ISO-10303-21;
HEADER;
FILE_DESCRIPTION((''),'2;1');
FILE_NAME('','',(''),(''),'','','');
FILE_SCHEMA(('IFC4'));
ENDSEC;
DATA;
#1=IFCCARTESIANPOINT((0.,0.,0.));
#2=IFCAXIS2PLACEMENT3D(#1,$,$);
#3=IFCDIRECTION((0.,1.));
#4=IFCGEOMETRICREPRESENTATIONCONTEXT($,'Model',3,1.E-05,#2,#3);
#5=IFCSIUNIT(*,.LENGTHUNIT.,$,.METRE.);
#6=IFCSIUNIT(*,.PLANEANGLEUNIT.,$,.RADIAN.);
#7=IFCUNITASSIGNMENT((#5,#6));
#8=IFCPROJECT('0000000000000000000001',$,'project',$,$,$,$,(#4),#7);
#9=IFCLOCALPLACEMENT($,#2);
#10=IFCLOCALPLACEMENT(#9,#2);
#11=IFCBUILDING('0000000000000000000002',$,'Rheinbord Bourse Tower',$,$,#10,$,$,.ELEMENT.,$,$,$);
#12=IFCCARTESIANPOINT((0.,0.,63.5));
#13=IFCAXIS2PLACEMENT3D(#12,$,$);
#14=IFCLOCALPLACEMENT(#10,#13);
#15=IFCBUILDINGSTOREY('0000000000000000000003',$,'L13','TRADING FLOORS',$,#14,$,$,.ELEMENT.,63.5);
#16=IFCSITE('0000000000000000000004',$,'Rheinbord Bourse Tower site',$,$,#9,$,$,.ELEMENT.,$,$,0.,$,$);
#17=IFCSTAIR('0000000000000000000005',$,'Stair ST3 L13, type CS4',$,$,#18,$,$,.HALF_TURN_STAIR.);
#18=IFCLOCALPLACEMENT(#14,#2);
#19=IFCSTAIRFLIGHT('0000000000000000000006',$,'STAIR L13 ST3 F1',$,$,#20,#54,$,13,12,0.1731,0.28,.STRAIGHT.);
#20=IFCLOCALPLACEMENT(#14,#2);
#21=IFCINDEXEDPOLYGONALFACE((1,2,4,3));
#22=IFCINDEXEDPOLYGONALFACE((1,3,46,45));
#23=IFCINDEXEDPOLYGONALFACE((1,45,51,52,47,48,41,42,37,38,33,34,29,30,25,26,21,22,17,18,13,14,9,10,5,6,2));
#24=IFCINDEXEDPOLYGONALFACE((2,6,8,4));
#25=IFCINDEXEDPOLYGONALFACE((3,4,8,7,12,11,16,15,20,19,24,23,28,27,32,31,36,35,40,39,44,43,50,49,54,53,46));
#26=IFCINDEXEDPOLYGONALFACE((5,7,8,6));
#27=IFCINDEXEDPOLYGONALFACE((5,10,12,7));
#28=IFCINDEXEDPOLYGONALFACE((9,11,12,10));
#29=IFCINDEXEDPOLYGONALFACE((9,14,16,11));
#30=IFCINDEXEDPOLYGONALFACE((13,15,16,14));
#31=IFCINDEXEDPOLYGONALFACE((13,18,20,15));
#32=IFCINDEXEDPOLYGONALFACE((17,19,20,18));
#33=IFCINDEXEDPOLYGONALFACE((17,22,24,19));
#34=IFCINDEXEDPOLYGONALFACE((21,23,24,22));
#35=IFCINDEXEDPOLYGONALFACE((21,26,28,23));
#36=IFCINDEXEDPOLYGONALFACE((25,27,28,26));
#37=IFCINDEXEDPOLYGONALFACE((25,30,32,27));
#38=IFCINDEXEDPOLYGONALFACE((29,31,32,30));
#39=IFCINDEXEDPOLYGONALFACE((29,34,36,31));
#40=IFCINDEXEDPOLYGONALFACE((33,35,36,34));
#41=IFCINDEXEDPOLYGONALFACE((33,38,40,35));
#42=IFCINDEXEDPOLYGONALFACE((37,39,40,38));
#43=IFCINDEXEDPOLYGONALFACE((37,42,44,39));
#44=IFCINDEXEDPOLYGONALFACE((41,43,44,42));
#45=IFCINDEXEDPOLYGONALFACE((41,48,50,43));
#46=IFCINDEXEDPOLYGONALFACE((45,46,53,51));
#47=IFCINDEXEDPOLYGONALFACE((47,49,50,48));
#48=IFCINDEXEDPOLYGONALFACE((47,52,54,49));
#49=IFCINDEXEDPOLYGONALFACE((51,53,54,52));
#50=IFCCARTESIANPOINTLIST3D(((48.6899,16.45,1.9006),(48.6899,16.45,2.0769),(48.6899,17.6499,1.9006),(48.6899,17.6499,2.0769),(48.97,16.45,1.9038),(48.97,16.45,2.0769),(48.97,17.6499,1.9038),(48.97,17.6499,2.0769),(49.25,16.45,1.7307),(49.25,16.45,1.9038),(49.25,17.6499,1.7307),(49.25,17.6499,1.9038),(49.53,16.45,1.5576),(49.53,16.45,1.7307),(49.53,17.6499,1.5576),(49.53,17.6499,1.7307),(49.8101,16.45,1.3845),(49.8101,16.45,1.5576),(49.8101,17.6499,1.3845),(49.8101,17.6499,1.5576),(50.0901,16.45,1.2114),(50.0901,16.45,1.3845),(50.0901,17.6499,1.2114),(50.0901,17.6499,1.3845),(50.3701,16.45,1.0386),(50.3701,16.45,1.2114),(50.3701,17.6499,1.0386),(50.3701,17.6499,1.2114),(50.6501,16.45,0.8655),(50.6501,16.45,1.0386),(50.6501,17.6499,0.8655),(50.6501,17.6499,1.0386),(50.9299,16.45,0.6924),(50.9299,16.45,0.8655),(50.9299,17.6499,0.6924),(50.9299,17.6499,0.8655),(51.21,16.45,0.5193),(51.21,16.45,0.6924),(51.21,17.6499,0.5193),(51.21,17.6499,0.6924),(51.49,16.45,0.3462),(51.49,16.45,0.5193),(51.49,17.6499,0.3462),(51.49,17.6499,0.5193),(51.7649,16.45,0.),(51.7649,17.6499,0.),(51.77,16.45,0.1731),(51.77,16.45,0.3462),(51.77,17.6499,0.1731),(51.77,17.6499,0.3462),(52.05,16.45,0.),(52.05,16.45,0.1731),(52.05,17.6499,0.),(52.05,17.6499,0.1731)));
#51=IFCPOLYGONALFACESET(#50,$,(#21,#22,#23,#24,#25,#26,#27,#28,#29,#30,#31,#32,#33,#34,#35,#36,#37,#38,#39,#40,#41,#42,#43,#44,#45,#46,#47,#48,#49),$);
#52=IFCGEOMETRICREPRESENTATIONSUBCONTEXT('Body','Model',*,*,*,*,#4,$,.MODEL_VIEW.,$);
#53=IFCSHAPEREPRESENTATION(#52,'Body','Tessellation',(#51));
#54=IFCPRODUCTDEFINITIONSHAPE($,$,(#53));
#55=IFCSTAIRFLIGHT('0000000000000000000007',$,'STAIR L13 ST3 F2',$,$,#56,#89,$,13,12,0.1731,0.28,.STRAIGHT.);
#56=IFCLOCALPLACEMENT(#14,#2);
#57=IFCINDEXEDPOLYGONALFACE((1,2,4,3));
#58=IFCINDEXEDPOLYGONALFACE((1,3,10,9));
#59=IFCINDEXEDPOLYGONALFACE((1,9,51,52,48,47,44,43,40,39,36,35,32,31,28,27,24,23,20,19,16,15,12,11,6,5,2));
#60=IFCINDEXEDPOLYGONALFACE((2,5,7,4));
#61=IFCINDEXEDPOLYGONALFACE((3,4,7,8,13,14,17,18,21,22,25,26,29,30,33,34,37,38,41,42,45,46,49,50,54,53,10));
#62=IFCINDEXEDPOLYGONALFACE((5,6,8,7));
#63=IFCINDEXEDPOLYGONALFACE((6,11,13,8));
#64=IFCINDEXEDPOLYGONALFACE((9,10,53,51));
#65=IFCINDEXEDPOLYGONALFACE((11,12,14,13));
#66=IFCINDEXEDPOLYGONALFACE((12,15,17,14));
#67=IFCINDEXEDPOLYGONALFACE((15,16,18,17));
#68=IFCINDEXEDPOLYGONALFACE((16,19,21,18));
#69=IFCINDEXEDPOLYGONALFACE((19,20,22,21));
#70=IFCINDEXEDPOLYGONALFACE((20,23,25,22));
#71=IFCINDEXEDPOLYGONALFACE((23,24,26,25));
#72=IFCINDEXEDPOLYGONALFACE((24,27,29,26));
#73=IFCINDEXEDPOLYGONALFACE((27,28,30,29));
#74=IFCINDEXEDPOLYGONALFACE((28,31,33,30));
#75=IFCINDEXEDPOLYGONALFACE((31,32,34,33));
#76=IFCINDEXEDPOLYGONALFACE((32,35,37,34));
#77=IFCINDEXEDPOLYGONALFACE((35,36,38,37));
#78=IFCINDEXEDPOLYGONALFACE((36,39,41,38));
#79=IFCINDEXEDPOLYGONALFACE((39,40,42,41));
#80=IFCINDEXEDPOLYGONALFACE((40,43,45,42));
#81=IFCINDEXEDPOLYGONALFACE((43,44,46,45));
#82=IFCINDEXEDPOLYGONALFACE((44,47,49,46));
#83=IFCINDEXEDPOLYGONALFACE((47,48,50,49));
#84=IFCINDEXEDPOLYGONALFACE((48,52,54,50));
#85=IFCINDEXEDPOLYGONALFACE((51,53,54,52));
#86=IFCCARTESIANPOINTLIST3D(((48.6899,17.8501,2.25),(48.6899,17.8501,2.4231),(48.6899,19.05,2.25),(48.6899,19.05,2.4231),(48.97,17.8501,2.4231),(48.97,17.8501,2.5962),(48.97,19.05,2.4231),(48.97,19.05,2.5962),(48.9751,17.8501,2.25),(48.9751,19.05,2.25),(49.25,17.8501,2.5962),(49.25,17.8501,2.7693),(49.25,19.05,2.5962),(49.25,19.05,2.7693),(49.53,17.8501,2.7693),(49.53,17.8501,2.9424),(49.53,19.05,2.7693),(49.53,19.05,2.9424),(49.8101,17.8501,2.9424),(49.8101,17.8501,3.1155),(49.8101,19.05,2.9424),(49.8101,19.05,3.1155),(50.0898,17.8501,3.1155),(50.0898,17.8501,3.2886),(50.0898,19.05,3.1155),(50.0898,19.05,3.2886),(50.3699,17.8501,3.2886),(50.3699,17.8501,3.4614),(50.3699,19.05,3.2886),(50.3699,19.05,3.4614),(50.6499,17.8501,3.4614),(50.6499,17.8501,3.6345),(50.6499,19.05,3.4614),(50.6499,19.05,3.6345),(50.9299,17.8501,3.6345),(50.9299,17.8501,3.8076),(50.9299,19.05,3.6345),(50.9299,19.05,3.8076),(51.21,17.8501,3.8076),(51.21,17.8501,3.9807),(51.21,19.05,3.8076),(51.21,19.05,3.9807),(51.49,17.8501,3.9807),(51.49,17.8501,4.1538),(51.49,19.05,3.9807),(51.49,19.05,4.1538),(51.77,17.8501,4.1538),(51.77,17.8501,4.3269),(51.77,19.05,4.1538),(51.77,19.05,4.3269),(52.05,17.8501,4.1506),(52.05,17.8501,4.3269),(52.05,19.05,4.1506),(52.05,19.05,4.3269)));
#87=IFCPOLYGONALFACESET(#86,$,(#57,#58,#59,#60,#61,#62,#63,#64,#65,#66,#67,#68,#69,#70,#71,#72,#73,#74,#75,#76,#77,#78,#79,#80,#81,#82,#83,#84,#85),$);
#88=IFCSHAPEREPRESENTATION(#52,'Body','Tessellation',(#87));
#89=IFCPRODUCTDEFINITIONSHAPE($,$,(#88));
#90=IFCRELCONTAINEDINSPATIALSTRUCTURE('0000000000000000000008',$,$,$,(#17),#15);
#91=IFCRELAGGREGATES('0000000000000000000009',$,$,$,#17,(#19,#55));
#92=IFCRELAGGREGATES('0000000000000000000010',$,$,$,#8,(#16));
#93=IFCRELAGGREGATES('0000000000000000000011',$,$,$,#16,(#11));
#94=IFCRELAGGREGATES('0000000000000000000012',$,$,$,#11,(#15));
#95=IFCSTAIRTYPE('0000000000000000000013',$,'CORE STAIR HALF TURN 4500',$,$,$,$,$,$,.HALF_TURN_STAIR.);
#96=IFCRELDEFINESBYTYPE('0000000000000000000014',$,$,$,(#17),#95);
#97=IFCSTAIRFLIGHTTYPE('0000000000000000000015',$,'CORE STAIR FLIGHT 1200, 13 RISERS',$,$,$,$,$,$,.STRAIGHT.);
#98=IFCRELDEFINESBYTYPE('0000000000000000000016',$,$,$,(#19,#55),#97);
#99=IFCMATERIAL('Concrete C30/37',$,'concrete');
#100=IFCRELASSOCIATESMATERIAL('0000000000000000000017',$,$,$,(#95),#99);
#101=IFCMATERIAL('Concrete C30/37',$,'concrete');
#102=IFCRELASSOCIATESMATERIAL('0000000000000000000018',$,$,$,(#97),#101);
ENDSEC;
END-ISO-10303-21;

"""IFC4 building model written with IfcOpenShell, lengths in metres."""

from ifc_helpers import new_model, si_unit, direction, frame, origin, place, context, subcontext, project, spatial, polyline, outline, extrude, material, type_object, element, aggregate, save


model = new_model("IFC4")

# Units and contexts
model_context = context("Model", 3, precision=1e-05, world=origin(), true_north=direction((0.0, 1.0)))
body_context = subcontext(model_context, "Body", "Model", "MODEL_VIEW")
ifc_project = project(units=[si_unit("LENGTHUNIT", "METRE"), si_unit("PLANEANGLEUNIT", "RADIAN")], contexts=[model_context])

# Site, building, storey
site_placement = place(None, origin())
site = spatial("IfcSite", under=ifc_project, at=site_placement, Name="Rheinbord Bourse Tower site", CompositionType="ELEMENT", RefElevation=0.0)
building_placement = place(site_placement, origin())
building = spatial("IfcBuilding", under=site, at=building_placement, Name="Rheinbord Bourse Tower", CompositionType="ELEMENT")
storey_placement = place(building_placement, frame((0.0, 0.0, 63.5)))
storey = spatial("IfcBuildingStorey", under=building, at=storey_placement, Name="L13", Description="TRADING FLOORS", CompositionType="ELEMENT", Elevation=63.5)

# Stair, stair flights
ifc_material_1 = material(Name="Concrete C30/37", Category="concrete")
stair_type = type_object("IfcStairType", Name="CORE STAIR HALF TURN 4500", PredefinedType="HALF_TURN_STAIR", material=ifc_material_1)
stair_placement = place(storey_placement, origin())
stair = element("IfcStair", 1, at=stair_placement, inside=storey, type_object=stair_type, Name="Stair ST3 L13, type CS4", PredefinedType="HALF_TURN_STAIR")
ifc_material_2 = material(Name="Concrete C30/37", Category="concrete")
stair_flight_type = type_object("IfcStairFlightType", Name="CORE STAIR FLIGHT 1200, 13 RISERS", PredefinedType="STRAIGHT", material=ifc_material_2)
stair_flight_1_placement = place(storey_placement, frame((52.05, 17.05, 0.0), z_axis=(0.0, 0.0, 1.0), x_axis=(-1.0, 0.0, 0.0)))
stair_flight_1 = element("IfcStairFlight", 2, at=stair_flight_1_placement, type_object=stair_flight_type, Name="STAIR L13 ST3 F1", NumberOfRisers=13, NumberOfTreads=12, PredefinedType="STRAIGHT", RiserHeight=0.1731, TreadLength=0.28, context=body_context, shape_type="SweptSolid", body=[
    extrude(outline(polyline([(0.0, 0.0), (0.0, 0.1731), (0.28, 0.1731), (0.28, 0.3462), (0.5601, 0.3462), (0.5601, 0.5193), (0.8401, 0.5193), (0.8401, 0.6924), (1.1201, 0.6924), (1.1201, 0.8655), (1.3999, 0.8655), (1.3999, 1.0386), (1.6799, 1.0386), (1.6799, 1.2114), (1.96, 1.2114), (1.96, 1.3845), (2.24, 1.3845), (2.24, 1.5576), (2.52, 1.5576), (2.52, 1.7307), (2.8, 1.7307), (2.8, 1.9038), (3.0801, 1.9038), (3.0801, 2.0769), (3.3601, 2.0769), (3.3601, 2.25), (3.3601, 1.9006), (0.2852, 0.0), (0.0, 0.0)])), frame((0.0, 0.6001, 0.0), z_axis=(0.0, -1.0, 0.0), x_axis=(1.0, 0.0, 0.0)), (0.0, 0.0, 1.0), 1.2),
])
stair_flight_2_placement = place(storey_placement, frame((48.6899, 18.45, 2.25), z_axis=(0.0, 0.0, 1.0), x_axis=(1.0, 0.0, 0.0)))
stair_flight_2 = element("IfcStairFlight", 3, at=stair_flight_2_placement, type_object=stair_flight_type, Name="STAIR L13 ST3 F2", NumberOfRisers=13, NumberOfTreads=12, PredefinedType="STRAIGHT", RiserHeight=0.1731, TreadLength=0.28, context=body_context, shape_type="SweptSolid", body=[
    extrude(outline(polyline([(0.0, 0.0), (0.0, 0.1731), (0.28, 0.1731), (0.28, 0.3462), (0.5601, 0.3462), (0.5601, 0.5193), (0.8401, 0.5193), (0.8401, 0.6924), (1.1201, 0.6924), (1.1201, 0.8655), (1.3999, 0.8655), (1.3999, 1.0386), (1.6799, 1.0386), (1.6799, 1.2114), (1.96, 1.2114), (1.96, 1.3845), (2.24, 1.3845), (2.24, 1.5576), (2.52, 1.5576), (2.52, 1.7307), (2.8, 1.7307), (2.8, 1.9038), (3.0801, 1.9038), (3.0801, 2.0769), (3.3601, 2.0769), (3.3601, 2.25), (3.3601, 1.9006), (0.2852, 0.0), (0.0, 0.0)])), frame((0.0, 0.6001, 0.0), z_axis=(0.0, -1.0, 0.0), x_axis=(1.0, 0.0, 0.0)), (0.0, 0.0, 1.0), 1.2),
])
aggregate(stair, [stair_flight_1, stair_flight_2])

save(model, "model.ifc")
